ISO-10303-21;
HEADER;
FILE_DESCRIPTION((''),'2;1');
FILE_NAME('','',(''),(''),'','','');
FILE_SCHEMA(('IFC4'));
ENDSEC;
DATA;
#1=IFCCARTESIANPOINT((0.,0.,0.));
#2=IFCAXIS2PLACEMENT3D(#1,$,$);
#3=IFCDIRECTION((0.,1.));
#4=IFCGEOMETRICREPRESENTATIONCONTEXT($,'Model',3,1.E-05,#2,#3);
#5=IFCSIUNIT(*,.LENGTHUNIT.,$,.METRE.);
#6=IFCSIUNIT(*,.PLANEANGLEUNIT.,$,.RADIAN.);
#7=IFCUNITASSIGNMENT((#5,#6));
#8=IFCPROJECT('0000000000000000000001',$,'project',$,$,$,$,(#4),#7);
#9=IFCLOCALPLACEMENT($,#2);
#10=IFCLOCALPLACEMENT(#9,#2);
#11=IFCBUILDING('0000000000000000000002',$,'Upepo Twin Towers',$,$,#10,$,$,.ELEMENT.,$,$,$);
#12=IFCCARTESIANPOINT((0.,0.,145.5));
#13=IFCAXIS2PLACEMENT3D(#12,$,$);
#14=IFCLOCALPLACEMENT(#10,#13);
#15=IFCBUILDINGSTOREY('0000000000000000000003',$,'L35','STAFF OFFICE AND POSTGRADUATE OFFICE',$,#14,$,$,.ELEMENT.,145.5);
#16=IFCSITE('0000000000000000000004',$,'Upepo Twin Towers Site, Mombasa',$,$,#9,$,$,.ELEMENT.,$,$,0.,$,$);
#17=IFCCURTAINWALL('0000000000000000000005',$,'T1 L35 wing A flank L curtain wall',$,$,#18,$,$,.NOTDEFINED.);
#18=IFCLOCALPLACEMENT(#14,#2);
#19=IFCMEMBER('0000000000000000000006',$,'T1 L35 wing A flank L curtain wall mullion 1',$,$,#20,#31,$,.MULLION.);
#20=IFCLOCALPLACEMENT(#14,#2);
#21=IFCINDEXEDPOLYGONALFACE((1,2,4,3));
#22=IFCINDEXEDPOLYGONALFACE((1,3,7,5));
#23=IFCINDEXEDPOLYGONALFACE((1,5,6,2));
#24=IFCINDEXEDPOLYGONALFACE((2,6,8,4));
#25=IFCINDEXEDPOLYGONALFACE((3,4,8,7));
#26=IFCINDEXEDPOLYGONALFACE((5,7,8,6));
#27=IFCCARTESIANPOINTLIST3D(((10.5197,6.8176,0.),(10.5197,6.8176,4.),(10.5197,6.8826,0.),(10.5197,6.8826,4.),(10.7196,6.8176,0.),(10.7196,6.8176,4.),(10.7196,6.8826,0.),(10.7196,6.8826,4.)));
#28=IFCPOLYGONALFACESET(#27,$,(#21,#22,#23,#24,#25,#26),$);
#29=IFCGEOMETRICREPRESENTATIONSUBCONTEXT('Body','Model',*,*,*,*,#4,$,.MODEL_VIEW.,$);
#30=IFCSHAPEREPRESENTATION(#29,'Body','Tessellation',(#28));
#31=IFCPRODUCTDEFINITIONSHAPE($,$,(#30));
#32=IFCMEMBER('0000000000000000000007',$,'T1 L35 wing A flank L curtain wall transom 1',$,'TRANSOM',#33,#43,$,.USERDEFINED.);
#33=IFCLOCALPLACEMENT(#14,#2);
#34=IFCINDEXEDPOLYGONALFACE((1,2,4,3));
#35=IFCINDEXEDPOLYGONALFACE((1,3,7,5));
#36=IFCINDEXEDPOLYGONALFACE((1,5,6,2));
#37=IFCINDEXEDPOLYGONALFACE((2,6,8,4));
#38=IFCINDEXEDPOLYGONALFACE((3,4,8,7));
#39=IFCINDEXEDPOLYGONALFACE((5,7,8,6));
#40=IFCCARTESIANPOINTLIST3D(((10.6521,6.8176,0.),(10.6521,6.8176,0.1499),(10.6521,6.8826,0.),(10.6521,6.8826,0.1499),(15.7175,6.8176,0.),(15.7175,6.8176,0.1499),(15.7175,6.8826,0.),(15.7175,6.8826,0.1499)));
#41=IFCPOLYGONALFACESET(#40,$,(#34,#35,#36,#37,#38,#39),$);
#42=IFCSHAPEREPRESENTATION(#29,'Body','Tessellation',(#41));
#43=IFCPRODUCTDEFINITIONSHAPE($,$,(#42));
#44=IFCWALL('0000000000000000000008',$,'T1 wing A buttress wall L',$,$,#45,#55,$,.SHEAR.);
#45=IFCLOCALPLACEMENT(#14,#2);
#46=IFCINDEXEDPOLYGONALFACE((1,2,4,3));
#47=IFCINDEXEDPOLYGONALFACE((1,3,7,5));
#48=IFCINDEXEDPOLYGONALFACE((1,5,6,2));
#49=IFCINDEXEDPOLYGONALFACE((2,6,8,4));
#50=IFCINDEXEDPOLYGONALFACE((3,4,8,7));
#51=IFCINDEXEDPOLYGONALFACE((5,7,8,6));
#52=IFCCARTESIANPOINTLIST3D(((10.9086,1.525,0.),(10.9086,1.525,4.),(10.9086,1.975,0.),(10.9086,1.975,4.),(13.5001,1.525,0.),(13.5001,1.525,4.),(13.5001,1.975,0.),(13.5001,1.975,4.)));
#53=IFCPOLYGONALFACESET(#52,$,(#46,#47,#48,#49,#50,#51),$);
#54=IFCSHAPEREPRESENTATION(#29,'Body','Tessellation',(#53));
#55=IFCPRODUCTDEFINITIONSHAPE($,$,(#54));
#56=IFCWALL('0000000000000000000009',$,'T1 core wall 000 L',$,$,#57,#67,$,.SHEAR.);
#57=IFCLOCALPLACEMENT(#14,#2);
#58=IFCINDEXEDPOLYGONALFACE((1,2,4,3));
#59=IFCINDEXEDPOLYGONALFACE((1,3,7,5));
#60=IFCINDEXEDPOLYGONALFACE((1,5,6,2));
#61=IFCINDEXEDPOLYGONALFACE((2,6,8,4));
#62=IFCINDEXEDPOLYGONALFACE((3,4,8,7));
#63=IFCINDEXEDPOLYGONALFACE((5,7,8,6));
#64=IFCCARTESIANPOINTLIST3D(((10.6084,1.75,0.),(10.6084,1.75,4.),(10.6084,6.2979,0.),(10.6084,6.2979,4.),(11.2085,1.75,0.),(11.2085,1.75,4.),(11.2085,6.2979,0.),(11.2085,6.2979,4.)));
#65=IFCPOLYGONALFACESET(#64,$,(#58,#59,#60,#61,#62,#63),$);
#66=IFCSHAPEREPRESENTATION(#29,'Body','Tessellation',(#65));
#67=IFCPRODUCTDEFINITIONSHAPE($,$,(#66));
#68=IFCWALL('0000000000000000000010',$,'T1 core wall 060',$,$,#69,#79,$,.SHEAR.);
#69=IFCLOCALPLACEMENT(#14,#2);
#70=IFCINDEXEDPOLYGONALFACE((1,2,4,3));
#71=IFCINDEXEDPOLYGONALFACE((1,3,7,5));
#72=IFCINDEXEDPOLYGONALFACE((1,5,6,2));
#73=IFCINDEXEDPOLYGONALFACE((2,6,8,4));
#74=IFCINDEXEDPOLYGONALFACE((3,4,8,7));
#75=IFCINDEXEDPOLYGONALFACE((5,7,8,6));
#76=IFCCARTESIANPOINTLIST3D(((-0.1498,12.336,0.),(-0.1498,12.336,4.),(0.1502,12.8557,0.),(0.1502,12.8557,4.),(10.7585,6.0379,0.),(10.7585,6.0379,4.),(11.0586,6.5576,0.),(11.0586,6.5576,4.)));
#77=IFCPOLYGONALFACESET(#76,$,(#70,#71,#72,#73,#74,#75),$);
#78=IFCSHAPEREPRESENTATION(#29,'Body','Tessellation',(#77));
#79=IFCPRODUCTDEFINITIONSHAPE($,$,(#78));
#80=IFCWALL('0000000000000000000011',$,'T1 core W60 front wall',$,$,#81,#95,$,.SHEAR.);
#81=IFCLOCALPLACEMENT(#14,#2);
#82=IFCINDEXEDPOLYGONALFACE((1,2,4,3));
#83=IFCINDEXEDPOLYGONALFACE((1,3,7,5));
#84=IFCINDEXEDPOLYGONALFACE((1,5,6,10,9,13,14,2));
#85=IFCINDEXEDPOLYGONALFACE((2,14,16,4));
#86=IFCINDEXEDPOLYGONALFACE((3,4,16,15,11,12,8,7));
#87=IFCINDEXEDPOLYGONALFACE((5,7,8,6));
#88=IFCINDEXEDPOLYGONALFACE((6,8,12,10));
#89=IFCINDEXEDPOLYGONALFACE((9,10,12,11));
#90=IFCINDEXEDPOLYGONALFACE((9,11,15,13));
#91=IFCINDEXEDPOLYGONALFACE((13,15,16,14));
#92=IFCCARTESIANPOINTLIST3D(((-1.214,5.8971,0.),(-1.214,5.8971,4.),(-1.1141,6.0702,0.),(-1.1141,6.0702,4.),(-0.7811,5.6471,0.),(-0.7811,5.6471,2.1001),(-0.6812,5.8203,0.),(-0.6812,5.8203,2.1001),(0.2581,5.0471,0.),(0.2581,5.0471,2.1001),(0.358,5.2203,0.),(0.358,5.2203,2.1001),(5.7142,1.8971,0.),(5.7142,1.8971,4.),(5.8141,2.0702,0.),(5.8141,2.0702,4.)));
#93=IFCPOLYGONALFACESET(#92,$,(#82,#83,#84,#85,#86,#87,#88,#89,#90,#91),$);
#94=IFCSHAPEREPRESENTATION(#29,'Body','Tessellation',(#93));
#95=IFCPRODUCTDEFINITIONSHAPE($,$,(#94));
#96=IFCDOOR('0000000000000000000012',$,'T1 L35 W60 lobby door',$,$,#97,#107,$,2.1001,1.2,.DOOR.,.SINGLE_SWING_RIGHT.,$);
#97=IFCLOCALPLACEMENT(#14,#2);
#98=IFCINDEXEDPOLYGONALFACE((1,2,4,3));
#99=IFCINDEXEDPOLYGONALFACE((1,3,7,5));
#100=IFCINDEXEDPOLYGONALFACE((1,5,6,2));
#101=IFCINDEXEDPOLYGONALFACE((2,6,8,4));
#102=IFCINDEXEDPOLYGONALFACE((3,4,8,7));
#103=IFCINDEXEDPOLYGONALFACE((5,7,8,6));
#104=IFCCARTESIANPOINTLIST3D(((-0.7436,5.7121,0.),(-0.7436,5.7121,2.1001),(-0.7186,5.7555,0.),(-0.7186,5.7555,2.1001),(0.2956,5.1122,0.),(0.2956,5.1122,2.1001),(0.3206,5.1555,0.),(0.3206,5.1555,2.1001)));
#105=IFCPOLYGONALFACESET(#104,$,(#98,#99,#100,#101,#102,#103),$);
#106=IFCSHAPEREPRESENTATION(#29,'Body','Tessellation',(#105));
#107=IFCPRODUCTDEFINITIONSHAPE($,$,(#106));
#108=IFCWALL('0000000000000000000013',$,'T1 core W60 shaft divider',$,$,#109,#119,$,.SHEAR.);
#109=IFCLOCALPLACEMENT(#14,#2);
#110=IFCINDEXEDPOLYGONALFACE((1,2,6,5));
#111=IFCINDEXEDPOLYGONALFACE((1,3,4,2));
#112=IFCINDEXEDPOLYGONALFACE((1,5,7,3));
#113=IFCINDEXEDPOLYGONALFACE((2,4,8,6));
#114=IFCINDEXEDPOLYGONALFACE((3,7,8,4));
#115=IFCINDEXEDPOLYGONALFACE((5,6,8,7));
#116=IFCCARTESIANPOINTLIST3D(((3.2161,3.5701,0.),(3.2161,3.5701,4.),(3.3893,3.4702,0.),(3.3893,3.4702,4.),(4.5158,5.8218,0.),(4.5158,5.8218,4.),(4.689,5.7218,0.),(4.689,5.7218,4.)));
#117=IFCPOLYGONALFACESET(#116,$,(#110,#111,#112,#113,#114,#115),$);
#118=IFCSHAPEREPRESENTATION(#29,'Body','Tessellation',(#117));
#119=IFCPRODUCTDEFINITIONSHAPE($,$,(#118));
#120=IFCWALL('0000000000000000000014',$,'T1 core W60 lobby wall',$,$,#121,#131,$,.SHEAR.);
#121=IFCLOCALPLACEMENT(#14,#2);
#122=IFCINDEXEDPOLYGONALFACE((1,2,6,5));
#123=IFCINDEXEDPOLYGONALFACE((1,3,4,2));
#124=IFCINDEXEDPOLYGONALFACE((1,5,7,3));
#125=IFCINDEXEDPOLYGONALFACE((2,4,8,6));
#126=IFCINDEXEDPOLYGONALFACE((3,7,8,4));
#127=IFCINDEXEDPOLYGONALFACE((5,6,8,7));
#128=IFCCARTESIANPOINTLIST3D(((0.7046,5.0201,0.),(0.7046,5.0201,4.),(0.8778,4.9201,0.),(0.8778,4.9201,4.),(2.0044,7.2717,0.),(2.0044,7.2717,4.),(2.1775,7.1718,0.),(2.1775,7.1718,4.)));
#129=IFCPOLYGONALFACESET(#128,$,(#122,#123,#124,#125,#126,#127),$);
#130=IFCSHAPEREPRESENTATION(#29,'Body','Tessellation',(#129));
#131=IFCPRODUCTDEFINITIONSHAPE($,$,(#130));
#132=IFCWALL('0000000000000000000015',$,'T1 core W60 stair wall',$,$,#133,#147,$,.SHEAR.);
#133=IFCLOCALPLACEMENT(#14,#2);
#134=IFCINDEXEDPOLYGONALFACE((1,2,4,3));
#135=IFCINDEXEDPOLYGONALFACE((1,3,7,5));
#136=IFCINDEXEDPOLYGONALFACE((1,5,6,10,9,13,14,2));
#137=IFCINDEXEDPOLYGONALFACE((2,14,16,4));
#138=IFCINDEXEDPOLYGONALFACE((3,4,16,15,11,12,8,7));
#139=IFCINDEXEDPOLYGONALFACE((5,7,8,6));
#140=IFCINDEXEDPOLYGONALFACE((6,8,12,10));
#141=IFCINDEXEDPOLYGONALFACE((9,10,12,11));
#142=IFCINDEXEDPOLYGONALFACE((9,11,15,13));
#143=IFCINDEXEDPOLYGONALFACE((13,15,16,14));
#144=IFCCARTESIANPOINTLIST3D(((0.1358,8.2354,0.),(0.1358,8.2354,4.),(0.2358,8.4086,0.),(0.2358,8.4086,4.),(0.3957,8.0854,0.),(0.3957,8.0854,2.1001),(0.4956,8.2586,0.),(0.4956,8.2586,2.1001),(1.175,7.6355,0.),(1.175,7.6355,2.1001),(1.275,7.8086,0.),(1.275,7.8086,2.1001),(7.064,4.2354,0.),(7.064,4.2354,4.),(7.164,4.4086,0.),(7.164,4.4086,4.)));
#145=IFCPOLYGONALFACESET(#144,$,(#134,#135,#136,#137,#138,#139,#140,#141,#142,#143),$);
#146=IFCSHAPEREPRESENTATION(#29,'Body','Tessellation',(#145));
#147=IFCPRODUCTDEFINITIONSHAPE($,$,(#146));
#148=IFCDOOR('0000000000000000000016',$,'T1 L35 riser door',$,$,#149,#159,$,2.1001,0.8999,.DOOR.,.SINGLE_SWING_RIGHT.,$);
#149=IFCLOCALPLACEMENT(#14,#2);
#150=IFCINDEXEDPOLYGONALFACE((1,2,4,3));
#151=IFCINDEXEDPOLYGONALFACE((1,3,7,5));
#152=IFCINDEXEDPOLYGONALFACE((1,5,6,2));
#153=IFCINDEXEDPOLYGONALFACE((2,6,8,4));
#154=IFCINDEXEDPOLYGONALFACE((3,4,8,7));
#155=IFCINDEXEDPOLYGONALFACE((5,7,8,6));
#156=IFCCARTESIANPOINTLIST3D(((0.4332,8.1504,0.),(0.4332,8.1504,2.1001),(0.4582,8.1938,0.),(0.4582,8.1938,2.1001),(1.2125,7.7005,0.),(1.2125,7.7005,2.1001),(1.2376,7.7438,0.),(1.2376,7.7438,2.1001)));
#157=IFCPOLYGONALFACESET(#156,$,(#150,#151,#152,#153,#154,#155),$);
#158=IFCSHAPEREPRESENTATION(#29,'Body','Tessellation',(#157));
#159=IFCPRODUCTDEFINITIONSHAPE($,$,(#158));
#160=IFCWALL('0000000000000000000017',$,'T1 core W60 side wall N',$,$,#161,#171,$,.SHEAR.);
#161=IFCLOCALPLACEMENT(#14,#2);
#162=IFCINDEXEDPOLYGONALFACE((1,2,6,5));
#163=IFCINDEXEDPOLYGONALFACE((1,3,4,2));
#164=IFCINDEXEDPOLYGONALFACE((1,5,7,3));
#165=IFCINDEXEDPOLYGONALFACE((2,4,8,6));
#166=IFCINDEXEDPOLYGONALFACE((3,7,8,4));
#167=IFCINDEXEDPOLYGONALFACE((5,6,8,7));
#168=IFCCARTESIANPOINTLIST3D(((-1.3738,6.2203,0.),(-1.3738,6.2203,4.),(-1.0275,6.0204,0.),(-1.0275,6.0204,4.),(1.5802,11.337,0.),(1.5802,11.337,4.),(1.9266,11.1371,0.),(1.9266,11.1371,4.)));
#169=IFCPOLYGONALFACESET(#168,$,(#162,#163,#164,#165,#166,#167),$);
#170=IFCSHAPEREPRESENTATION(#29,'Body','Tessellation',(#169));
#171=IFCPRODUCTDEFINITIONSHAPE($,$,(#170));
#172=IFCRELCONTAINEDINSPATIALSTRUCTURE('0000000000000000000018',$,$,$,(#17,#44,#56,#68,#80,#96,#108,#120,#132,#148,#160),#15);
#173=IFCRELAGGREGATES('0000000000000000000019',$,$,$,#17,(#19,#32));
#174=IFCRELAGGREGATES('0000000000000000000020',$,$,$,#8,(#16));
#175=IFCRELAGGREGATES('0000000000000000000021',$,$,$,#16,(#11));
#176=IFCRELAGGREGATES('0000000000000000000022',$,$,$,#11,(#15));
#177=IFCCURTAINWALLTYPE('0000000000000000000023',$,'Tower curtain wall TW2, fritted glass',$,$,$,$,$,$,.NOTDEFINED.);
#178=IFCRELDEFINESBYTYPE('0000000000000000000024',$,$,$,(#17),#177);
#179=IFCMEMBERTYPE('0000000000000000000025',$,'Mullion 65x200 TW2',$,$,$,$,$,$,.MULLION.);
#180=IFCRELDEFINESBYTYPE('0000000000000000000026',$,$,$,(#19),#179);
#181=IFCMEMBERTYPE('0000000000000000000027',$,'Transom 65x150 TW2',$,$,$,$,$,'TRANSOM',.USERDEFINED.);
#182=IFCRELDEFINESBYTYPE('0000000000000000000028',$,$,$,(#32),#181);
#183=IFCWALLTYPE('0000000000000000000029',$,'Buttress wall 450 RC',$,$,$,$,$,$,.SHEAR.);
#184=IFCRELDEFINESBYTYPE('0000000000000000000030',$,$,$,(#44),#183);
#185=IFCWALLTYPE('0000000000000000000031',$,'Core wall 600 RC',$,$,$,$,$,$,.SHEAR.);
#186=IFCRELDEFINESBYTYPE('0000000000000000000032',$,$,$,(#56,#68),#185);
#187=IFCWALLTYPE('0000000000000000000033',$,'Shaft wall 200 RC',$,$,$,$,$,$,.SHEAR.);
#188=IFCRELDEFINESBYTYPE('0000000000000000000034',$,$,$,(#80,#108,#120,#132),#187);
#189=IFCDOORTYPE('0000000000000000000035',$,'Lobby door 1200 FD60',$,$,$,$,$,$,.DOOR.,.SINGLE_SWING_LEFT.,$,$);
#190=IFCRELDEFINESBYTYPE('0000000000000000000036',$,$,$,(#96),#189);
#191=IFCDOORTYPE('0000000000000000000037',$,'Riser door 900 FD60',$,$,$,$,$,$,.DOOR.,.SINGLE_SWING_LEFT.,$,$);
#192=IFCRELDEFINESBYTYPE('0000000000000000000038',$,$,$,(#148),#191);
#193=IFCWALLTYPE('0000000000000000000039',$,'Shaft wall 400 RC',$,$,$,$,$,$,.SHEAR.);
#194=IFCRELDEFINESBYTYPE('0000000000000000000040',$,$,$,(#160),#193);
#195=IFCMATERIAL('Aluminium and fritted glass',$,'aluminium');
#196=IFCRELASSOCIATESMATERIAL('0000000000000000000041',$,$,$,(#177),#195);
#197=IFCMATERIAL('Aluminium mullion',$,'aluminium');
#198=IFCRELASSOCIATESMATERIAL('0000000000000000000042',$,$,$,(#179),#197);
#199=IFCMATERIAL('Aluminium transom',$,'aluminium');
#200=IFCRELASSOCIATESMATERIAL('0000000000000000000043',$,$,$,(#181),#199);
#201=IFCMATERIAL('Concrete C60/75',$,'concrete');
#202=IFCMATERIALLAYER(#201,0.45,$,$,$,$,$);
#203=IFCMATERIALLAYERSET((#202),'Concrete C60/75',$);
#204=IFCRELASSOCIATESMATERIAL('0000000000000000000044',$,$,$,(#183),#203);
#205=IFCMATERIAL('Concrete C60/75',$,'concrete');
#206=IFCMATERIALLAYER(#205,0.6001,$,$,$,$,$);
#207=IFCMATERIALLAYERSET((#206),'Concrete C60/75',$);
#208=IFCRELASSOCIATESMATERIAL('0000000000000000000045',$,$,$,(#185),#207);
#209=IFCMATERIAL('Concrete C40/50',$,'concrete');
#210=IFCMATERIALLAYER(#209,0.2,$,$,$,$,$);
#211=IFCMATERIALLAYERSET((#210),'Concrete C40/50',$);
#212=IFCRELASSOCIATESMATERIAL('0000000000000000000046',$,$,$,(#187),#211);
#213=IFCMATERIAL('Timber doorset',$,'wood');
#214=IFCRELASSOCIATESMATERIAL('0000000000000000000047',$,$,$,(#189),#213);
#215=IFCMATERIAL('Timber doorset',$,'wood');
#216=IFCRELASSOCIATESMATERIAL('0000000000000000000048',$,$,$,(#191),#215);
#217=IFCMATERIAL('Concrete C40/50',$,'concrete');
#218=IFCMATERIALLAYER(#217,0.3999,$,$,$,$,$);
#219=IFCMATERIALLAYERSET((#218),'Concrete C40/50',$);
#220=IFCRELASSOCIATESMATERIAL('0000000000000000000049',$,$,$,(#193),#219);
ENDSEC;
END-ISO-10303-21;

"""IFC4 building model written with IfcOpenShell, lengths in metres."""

from ifc_helpers import new_model, si_unit, direction, frame, frame_2d, origin, origin_2d, place, context, subcontext, project, spatial, rectangle, extrude, material, layer, layer_set, material_profile, profile_set, type_object, element, fill, aggregate, save


model = new_model("IFC4")

# Units and contexts
model_context = context("Model", 3, precision=1e-05, world=origin(), true_north=direction((0.0, 1.0)))
body_context = subcontext(model_context, "Body", "Model", "MODEL_VIEW")
ifc_project = project(units=[si_unit("LENGTHUNIT", "METRE"), si_unit("PLANEANGLEUNIT", "RADIAN")], contexts=[model_context])

# Site, building, storey
site_placement = place(None, origin())
site = spatial("IfcSite", under=ifc_project, at=site_placement, Name="Upepo Twin Towers Site, Mombasa", CompositionType="ELEMENT", RefElevation=0.0)
building_placement = place(site_placement, origin())
building = spatial("IfcBuilding", under=site, at=building_placement, Name="Upepo Twin Towers", CompositionType="ELEMENT")
storey_placement = place(building_placement, frame((0.0, 0.0, 145.5)))
storey = spatial("IfcBuildingStorey", under=building, at=storey_placement, Name="L35", Description="STAFF OFFICE AND POSTGRADUATE OFFICE", CompositionType="ELEMENT", Elevation=145.5)

# Curtain wall, members
ifc_material_1 = material(Name="Aluminium and fritted glass", Category="aluminium")
curtain_wall_type = type_object("IfcCurtainWallType", Name="Tower curtain wall TW2, fritted glass", PredefinedType="NOTDEFINED", material=ifc_material_1)
curtain_wall_placement = place(storey_placement, origin())
curtain_wall = element("IfcCurtainWall", 1, at=curtain_wall_placement, inside=storey, type_object=curtain_wall_type, Name="T1 L35 wing A flank L curtain wall", PredefinedType="NOTDEFINED")
ifc_material_2 = material(Name="Aluminium mullion", Category="aluminium")
ifc_material_profile_1 = material_profile(ifc_material_2, rectangle(XDim=0.0649, YDim=0.2, at=origin_2d()), Name="MULLION 65x200")
ifc_profile_set_1 = profile_set([ifc_material_profile_1], Name="Aluminium mullion")
member_type_1 = type_object("IfcMemberType", Name="Mullion 65x200 TW2", PredefinedType="MULLION", material=ifc_profile_set_1)
member_1_placement = place(storey_placement, frame((10.6196, 6.8501, 0.0), z_axis=(0.0, 0.0, 1.0), x_axis=(0.0, 1.0, 0.0)))
member_1 = element("IfcMember", 2, at=member_1_placement, type_object=member_type_1, Name="T1 L35 wing A flank L curtain wall mullion 1", PredefinedType="MULLION", context=body_context, shape_type="SweptSolid", body=[
    extrude(rectangle(XDim=0.0649, YDim=0.2, at=origin_2d()), origin(), (0.0, 0.0, 1.0), 4.0),
])
ifc_material_3 = material(Name="Aluminium transom", Category="aluminium")
ifc_material_profile_2 = material_profile(ifc_material_3, rectangle(XDim=0.0649, YDim=0.1499, at=origin_2d()), Name="TRANSOM 65x150")
ifc_profile_set_2 = profile_set([ifc_material_profile_2], Name="Aluminium transom")
member_type_2 = type_object("IfcMemberType", Name="Transom 65x150 TW2", ElementType="TRANSOM", PredefinedType="USERDEFINED", material=ifc_profile_set_2)
member_2_placement = place(storey_placement, frame((10.6521, 6.8501, 0.075), z_axis=(1.0, 0.0, 0.0), x_axis=(0.0, 1.0, 0.0)))
member_2 = element("IfcMember", 3, at=member_2_placement, type_object=member_type_2, Name="T1 L35 wing A flank L curtain wall transom 1", ObjectType="TRANSOM", PredefinedType="USERDEFINED", context=body_context, shape_type="SweptSolid", body=[
    extrude(rectangle(XDim=0.0649, YDim=0.1499, at=origin_2d()), origin(), (0.0, 0.0, 1.0), 5.0654),
])
aggregate(curtain_wall, [member_1, member_2])

# Walls
ifc_material_4 = material(Name="Concrete C60/75", Category="concrete")
ifc_layer_1 = layer(ifc_material_4, 0.45)
ifc_layer_set_1 = layer_set([ifc_layer_1], Name="Concrete C60/75")
wall_type_1 = type_object("IfcWallType", Name="Buttress wall 450 RC", PredefinedType="SHEAR", material=ifc_layer_set_1)
wall_1_placement = place(storey_placement, frame((10.9084, 1.75, 0.0), z_axis=(0.0, 0.0, 1.0), x_axis=(1.0, 0.0, 0.0)))
element("IfcWall", 4, at=wall_1_placement, inside=storey, type_object=wall_type_1, Name="T1 wing A buttress wall L", PredefinedType="SHEAR", context=body_context, shape_type="SweptSolid", body=[
    extrude(rectangle(XDim=2.5916, YDim=0.45, at=frame_2d((1.2959, 0.0))), origin(), (0.0, 0.0, 1.0), 4.0),
])
ifc_material_5 = material(Name="Concrete C60/75", Category="concrete")
ifc_layer_2 = layer(ifc_material_5, 0.6001)
ifc_layer_set_2 = layer_set([ifc_layer_2], Name="Concrete C60/75")
wall_type_2 = type_object("IfcWallType", Name="Core wall 600 RC", PredefinedType="SHEAR", material=ifc_layer_set_2)
wall_2_placement = place(storey_placement, frame((10.9084, 1.75, 0.0), z_axis=(0.0, 0.0, 1.0), x_axis=(0.0, 1.0, 0.0)))
element("IfcWall", 5, at=wall_2_placement, inside=storey, type_object=wall_type_2, Name="T1 core wall 000 L", PredefinedType="SHEAR", context=body_context, shape_type="SweptSolid", body=[
    extrude(rectangle(XDim=4.5479, YDim=0.6001, at=frame_2d((2.2739, 0.0))), origin(), (0.0, 0.0, 1.0), 4.0),
])
wall_3_placement = place(storey_placement, frame((10.9084, 6.2979, 0.0), z_axis=(0.0, 0.0, 1.0), x_axis=(-0.866022, 0.500006, 0.0)))
element("IfcWall", 6, at=wall_3_placement, inside=storey, type_object=wall_type_2, Name="T1 core wall 060", PredefinedType="SHEAR", context=body_context, shape_type="SweptSolid", body=[
    extrude(rectangle(XDim=12.5959, YDim=0.6001, at=frame_2d((6.2979, 0.0))), origin(), (0.0, 0.0, 1.0), 4.0),
])

# Wall, opening, door
ifc_material_6 = material(Name="Concrete C40/50", Category="concrete")
ifc_layer_3 = layer(ifc_material_6, 0.2)
ifc_layer_set_3 = layer_set([ifc_layer_3], Name="Concrete C40/50")
wall_type_3 = type_object("IfcWallType", Name="Shaft wall 200 RC", PredefinedType="SHEAR", material=ifc_layer_set_3)
wall_4_placement = place(storey_placement, frame((5.7642, 1.9836, 0.0), z_axis=(0.0, 0.0, 1.0), x_axis=(-0.866026, 0.499999, 0.0)))
wall_4 = element("IfcWall", 7, at=wall_4_placement, inside=storey, type_object=wall_type_3, Name="T1 core W60 front wall", PredefinedType="SHEAR", context=body_context, shape_type="SweptSolid", body=[
    extrude(rectangle(XDim=8.0, YDim=0.2, at=frame_2d((4.0, 0.0))), origin(), (0.0, 0.0, 1.0), 4.0),
])
opening_1_placement = place(wall_4_placement, frame((6.3, 0.0, 0.0)))
opening_1 = element("IfcOpeningElement", 8, at=opening_1_placement, cuts=wall_4, PredefinedType="OPENING", context=body_context, shape_type="SweptSolid", body=[
    extrude(rectangle(XDim=1.2, YDim=2.1001, at=frame_2d((0.6001, 1.05))), frame((0.0, 0.1099, 0.0), z_axis=(0.0, -1.0, 0.0), x_axis=(1.0, 0.0, 0.0)), (0.0, 0.0, 1.0), 0.22),
])
ifc_material_7 = material(Name="Timber doorset", Category="wood")
door_type_1 = type_object("IfcDoorType", Name="Lobby door 1200 FD60", OperationType="SINGLE_SWING_LEFT", PredefinedType="DOOR", material=ifc_material_7)
door_1_placement = place(opening_1_placement, origin())
door_1 = element("IfcDoor", 9, at=door_1_placement, inside=storey, type_object=door_type_1, Name="T1 L35 W60 lobby door", OperationType="SINGLE_SWING_RIGHT", OverallHeight=2.1001, OverallWidth=1.2, PredefinedType="DOOR", context=body_context, shape_type="SweptSolid", body=[
    extrude(rectangle(XDim=1.2, YDim=2.1001, at=frame_2d((0.6001, 1.05))), frame((0.0, 0.0249, 0.0), z_axis=(0.0, -1.0, 0.0), x_axis=(1.0, 0.0, 0.0)), (0.0, 0.0, 1.0), 0.05),
])
fill(opening_1, door_1)

# Walls
for number, where, z_axis, x_axis, name in (
    (10, (3.3027, 3.5203, 0.0), (0.0, 0.0, 1.0), (0.499937, 0.866062, 0.0), "T1 core W60 shaft divider"),
    (11, (0.7913, 4.9702, 0.0), (0.0, 0.0, 1.0), (0.499937, 0.866062, 0.0), "T1 core W60 lobby wall"),
):
    element("IfcWall", number, at=place(storey_placement, frame(where, z_axis=z_axis, x_axis=x_axis)), inside=storey, type_object=wall_type_3, Name=name, PredefinedType="SHEAR", context=body_context, shape_type="SweptSolid", body=[
        extrude(rectangle(XDim=2.5999, YDim=0.2, at=frame_2d((1.2998, 0.0))), origin(), (0.0, 0.0, 1.0), 4.0),
    ])

# Wall, opening, door
wall_5_placement = place(storey_placement, frame((7.114, 4.322, 0.0), z_axis=(0.0, 0.0, 1.0), x_axis=(-0.866026, 0.499999, 0.0)))
wall_5 = element("IfcWall", 12, at=wall_5_placement, inside=storey, type_object=wall_type_3, Name="T1 core W60 stair wall", PredefinedType="SHEAR", context=body_context, shape_type="SweptSolid", body=[
    extrude(rectangle(XDim=8.0, YDim=0.2, at=frame_2d((4.0, 0.0))), origin(), (0.0, 0.0, 1.0), 4.0),
])
opening_2_placement = place(wall_5_placement, frame((6.8, 0.0, 0.0)))
opening_2 = element("IfcOpeningElement", 13, at=opening_2_placement, cuts=wall_5, PredefinedType="OPENING", context=body_context, shape_type="SweptSolid", body=[
    extrude(rectangle(XDim=0.8999, YDim=2.1001, at=frame_2d((0.45, 1.05))), frame((0.0, 0.1099, 0.0), z_axis=(0.0, -1.0, 0.0), x_axis=(1.0, 0.0, 0.0)), (0.0, 0.0, 1.0), 0.22),
])
ifc_material_8 = material(Name="Timber doorset", Category="wood")
door_type_2 = type_object("IfcDoorType", Name="Riser door 900 FD60", OperationType="SINGLE_SWING_LEFT", PredefinedType="DOOR", material=ifc_material_8)
door_2_placement = place(opening_2_placement, origin())
door_2 = element("IfcDoor", 14, at=door_2_placement, inside=storey, type_object=door_type_2, Name="T1 L35 riser door", OperationType="SINGLE_SWING_RIGHT", OverallHeight=2.1001, OverallWidth=0.8999, PredefinedType="DOOR", context=body_context, shape_type="SweptSolid", body=[
    extrude(rectangle(XDim=0.8999, YDim=2.1001, at=frame_2d((0.45, 1.05))), frame((0.0, 0.0249, 0.0), z_axis=(0.0, -1.0, 0.0), x_axis=(1.0, 0.0, 0.0)), (0.0, 0.0, 1.0), 0.05),
])
fill(opening_2, door_2)

# Wall
ifc_material_9 = material(Name="Concrete C40/50", Category="concrete")
ifc_layer_4 = layer(ifc_material_9, 0.3999)
ifc_layer_set_4 = layer_set([ifc_layer_4], Name="Concrete C40/50")
wall_type_4 = type_object("IfcWallType", Name="Shaft wall 400 RC", PredefinedType="SHEAR", material=ifc_layer_set_4)
wall_6_placement = place(storey_placement, frame((-1.2007, 6.1204, 0.0), z_axis=(0.0, 0.0, 1.0), x_axis=(0.499997, 0.866027, 0.0)))
element("IfcWall", 15, at=wall_6_placement, inside=storey, type_object=wall_type_4, Name="T1 core W60 side wall N", PredefinedType="SHEAR", context=body_context, shape_type="SweptSolid", body=[
    extrude(rectangle(XDim=5.9082, YDim=0.3999, at=frame_2d((2.9541, 0.0))), origin(), (0.0, 0.0, 1.0), 4.0),
])

save(model, "model.ifc")
